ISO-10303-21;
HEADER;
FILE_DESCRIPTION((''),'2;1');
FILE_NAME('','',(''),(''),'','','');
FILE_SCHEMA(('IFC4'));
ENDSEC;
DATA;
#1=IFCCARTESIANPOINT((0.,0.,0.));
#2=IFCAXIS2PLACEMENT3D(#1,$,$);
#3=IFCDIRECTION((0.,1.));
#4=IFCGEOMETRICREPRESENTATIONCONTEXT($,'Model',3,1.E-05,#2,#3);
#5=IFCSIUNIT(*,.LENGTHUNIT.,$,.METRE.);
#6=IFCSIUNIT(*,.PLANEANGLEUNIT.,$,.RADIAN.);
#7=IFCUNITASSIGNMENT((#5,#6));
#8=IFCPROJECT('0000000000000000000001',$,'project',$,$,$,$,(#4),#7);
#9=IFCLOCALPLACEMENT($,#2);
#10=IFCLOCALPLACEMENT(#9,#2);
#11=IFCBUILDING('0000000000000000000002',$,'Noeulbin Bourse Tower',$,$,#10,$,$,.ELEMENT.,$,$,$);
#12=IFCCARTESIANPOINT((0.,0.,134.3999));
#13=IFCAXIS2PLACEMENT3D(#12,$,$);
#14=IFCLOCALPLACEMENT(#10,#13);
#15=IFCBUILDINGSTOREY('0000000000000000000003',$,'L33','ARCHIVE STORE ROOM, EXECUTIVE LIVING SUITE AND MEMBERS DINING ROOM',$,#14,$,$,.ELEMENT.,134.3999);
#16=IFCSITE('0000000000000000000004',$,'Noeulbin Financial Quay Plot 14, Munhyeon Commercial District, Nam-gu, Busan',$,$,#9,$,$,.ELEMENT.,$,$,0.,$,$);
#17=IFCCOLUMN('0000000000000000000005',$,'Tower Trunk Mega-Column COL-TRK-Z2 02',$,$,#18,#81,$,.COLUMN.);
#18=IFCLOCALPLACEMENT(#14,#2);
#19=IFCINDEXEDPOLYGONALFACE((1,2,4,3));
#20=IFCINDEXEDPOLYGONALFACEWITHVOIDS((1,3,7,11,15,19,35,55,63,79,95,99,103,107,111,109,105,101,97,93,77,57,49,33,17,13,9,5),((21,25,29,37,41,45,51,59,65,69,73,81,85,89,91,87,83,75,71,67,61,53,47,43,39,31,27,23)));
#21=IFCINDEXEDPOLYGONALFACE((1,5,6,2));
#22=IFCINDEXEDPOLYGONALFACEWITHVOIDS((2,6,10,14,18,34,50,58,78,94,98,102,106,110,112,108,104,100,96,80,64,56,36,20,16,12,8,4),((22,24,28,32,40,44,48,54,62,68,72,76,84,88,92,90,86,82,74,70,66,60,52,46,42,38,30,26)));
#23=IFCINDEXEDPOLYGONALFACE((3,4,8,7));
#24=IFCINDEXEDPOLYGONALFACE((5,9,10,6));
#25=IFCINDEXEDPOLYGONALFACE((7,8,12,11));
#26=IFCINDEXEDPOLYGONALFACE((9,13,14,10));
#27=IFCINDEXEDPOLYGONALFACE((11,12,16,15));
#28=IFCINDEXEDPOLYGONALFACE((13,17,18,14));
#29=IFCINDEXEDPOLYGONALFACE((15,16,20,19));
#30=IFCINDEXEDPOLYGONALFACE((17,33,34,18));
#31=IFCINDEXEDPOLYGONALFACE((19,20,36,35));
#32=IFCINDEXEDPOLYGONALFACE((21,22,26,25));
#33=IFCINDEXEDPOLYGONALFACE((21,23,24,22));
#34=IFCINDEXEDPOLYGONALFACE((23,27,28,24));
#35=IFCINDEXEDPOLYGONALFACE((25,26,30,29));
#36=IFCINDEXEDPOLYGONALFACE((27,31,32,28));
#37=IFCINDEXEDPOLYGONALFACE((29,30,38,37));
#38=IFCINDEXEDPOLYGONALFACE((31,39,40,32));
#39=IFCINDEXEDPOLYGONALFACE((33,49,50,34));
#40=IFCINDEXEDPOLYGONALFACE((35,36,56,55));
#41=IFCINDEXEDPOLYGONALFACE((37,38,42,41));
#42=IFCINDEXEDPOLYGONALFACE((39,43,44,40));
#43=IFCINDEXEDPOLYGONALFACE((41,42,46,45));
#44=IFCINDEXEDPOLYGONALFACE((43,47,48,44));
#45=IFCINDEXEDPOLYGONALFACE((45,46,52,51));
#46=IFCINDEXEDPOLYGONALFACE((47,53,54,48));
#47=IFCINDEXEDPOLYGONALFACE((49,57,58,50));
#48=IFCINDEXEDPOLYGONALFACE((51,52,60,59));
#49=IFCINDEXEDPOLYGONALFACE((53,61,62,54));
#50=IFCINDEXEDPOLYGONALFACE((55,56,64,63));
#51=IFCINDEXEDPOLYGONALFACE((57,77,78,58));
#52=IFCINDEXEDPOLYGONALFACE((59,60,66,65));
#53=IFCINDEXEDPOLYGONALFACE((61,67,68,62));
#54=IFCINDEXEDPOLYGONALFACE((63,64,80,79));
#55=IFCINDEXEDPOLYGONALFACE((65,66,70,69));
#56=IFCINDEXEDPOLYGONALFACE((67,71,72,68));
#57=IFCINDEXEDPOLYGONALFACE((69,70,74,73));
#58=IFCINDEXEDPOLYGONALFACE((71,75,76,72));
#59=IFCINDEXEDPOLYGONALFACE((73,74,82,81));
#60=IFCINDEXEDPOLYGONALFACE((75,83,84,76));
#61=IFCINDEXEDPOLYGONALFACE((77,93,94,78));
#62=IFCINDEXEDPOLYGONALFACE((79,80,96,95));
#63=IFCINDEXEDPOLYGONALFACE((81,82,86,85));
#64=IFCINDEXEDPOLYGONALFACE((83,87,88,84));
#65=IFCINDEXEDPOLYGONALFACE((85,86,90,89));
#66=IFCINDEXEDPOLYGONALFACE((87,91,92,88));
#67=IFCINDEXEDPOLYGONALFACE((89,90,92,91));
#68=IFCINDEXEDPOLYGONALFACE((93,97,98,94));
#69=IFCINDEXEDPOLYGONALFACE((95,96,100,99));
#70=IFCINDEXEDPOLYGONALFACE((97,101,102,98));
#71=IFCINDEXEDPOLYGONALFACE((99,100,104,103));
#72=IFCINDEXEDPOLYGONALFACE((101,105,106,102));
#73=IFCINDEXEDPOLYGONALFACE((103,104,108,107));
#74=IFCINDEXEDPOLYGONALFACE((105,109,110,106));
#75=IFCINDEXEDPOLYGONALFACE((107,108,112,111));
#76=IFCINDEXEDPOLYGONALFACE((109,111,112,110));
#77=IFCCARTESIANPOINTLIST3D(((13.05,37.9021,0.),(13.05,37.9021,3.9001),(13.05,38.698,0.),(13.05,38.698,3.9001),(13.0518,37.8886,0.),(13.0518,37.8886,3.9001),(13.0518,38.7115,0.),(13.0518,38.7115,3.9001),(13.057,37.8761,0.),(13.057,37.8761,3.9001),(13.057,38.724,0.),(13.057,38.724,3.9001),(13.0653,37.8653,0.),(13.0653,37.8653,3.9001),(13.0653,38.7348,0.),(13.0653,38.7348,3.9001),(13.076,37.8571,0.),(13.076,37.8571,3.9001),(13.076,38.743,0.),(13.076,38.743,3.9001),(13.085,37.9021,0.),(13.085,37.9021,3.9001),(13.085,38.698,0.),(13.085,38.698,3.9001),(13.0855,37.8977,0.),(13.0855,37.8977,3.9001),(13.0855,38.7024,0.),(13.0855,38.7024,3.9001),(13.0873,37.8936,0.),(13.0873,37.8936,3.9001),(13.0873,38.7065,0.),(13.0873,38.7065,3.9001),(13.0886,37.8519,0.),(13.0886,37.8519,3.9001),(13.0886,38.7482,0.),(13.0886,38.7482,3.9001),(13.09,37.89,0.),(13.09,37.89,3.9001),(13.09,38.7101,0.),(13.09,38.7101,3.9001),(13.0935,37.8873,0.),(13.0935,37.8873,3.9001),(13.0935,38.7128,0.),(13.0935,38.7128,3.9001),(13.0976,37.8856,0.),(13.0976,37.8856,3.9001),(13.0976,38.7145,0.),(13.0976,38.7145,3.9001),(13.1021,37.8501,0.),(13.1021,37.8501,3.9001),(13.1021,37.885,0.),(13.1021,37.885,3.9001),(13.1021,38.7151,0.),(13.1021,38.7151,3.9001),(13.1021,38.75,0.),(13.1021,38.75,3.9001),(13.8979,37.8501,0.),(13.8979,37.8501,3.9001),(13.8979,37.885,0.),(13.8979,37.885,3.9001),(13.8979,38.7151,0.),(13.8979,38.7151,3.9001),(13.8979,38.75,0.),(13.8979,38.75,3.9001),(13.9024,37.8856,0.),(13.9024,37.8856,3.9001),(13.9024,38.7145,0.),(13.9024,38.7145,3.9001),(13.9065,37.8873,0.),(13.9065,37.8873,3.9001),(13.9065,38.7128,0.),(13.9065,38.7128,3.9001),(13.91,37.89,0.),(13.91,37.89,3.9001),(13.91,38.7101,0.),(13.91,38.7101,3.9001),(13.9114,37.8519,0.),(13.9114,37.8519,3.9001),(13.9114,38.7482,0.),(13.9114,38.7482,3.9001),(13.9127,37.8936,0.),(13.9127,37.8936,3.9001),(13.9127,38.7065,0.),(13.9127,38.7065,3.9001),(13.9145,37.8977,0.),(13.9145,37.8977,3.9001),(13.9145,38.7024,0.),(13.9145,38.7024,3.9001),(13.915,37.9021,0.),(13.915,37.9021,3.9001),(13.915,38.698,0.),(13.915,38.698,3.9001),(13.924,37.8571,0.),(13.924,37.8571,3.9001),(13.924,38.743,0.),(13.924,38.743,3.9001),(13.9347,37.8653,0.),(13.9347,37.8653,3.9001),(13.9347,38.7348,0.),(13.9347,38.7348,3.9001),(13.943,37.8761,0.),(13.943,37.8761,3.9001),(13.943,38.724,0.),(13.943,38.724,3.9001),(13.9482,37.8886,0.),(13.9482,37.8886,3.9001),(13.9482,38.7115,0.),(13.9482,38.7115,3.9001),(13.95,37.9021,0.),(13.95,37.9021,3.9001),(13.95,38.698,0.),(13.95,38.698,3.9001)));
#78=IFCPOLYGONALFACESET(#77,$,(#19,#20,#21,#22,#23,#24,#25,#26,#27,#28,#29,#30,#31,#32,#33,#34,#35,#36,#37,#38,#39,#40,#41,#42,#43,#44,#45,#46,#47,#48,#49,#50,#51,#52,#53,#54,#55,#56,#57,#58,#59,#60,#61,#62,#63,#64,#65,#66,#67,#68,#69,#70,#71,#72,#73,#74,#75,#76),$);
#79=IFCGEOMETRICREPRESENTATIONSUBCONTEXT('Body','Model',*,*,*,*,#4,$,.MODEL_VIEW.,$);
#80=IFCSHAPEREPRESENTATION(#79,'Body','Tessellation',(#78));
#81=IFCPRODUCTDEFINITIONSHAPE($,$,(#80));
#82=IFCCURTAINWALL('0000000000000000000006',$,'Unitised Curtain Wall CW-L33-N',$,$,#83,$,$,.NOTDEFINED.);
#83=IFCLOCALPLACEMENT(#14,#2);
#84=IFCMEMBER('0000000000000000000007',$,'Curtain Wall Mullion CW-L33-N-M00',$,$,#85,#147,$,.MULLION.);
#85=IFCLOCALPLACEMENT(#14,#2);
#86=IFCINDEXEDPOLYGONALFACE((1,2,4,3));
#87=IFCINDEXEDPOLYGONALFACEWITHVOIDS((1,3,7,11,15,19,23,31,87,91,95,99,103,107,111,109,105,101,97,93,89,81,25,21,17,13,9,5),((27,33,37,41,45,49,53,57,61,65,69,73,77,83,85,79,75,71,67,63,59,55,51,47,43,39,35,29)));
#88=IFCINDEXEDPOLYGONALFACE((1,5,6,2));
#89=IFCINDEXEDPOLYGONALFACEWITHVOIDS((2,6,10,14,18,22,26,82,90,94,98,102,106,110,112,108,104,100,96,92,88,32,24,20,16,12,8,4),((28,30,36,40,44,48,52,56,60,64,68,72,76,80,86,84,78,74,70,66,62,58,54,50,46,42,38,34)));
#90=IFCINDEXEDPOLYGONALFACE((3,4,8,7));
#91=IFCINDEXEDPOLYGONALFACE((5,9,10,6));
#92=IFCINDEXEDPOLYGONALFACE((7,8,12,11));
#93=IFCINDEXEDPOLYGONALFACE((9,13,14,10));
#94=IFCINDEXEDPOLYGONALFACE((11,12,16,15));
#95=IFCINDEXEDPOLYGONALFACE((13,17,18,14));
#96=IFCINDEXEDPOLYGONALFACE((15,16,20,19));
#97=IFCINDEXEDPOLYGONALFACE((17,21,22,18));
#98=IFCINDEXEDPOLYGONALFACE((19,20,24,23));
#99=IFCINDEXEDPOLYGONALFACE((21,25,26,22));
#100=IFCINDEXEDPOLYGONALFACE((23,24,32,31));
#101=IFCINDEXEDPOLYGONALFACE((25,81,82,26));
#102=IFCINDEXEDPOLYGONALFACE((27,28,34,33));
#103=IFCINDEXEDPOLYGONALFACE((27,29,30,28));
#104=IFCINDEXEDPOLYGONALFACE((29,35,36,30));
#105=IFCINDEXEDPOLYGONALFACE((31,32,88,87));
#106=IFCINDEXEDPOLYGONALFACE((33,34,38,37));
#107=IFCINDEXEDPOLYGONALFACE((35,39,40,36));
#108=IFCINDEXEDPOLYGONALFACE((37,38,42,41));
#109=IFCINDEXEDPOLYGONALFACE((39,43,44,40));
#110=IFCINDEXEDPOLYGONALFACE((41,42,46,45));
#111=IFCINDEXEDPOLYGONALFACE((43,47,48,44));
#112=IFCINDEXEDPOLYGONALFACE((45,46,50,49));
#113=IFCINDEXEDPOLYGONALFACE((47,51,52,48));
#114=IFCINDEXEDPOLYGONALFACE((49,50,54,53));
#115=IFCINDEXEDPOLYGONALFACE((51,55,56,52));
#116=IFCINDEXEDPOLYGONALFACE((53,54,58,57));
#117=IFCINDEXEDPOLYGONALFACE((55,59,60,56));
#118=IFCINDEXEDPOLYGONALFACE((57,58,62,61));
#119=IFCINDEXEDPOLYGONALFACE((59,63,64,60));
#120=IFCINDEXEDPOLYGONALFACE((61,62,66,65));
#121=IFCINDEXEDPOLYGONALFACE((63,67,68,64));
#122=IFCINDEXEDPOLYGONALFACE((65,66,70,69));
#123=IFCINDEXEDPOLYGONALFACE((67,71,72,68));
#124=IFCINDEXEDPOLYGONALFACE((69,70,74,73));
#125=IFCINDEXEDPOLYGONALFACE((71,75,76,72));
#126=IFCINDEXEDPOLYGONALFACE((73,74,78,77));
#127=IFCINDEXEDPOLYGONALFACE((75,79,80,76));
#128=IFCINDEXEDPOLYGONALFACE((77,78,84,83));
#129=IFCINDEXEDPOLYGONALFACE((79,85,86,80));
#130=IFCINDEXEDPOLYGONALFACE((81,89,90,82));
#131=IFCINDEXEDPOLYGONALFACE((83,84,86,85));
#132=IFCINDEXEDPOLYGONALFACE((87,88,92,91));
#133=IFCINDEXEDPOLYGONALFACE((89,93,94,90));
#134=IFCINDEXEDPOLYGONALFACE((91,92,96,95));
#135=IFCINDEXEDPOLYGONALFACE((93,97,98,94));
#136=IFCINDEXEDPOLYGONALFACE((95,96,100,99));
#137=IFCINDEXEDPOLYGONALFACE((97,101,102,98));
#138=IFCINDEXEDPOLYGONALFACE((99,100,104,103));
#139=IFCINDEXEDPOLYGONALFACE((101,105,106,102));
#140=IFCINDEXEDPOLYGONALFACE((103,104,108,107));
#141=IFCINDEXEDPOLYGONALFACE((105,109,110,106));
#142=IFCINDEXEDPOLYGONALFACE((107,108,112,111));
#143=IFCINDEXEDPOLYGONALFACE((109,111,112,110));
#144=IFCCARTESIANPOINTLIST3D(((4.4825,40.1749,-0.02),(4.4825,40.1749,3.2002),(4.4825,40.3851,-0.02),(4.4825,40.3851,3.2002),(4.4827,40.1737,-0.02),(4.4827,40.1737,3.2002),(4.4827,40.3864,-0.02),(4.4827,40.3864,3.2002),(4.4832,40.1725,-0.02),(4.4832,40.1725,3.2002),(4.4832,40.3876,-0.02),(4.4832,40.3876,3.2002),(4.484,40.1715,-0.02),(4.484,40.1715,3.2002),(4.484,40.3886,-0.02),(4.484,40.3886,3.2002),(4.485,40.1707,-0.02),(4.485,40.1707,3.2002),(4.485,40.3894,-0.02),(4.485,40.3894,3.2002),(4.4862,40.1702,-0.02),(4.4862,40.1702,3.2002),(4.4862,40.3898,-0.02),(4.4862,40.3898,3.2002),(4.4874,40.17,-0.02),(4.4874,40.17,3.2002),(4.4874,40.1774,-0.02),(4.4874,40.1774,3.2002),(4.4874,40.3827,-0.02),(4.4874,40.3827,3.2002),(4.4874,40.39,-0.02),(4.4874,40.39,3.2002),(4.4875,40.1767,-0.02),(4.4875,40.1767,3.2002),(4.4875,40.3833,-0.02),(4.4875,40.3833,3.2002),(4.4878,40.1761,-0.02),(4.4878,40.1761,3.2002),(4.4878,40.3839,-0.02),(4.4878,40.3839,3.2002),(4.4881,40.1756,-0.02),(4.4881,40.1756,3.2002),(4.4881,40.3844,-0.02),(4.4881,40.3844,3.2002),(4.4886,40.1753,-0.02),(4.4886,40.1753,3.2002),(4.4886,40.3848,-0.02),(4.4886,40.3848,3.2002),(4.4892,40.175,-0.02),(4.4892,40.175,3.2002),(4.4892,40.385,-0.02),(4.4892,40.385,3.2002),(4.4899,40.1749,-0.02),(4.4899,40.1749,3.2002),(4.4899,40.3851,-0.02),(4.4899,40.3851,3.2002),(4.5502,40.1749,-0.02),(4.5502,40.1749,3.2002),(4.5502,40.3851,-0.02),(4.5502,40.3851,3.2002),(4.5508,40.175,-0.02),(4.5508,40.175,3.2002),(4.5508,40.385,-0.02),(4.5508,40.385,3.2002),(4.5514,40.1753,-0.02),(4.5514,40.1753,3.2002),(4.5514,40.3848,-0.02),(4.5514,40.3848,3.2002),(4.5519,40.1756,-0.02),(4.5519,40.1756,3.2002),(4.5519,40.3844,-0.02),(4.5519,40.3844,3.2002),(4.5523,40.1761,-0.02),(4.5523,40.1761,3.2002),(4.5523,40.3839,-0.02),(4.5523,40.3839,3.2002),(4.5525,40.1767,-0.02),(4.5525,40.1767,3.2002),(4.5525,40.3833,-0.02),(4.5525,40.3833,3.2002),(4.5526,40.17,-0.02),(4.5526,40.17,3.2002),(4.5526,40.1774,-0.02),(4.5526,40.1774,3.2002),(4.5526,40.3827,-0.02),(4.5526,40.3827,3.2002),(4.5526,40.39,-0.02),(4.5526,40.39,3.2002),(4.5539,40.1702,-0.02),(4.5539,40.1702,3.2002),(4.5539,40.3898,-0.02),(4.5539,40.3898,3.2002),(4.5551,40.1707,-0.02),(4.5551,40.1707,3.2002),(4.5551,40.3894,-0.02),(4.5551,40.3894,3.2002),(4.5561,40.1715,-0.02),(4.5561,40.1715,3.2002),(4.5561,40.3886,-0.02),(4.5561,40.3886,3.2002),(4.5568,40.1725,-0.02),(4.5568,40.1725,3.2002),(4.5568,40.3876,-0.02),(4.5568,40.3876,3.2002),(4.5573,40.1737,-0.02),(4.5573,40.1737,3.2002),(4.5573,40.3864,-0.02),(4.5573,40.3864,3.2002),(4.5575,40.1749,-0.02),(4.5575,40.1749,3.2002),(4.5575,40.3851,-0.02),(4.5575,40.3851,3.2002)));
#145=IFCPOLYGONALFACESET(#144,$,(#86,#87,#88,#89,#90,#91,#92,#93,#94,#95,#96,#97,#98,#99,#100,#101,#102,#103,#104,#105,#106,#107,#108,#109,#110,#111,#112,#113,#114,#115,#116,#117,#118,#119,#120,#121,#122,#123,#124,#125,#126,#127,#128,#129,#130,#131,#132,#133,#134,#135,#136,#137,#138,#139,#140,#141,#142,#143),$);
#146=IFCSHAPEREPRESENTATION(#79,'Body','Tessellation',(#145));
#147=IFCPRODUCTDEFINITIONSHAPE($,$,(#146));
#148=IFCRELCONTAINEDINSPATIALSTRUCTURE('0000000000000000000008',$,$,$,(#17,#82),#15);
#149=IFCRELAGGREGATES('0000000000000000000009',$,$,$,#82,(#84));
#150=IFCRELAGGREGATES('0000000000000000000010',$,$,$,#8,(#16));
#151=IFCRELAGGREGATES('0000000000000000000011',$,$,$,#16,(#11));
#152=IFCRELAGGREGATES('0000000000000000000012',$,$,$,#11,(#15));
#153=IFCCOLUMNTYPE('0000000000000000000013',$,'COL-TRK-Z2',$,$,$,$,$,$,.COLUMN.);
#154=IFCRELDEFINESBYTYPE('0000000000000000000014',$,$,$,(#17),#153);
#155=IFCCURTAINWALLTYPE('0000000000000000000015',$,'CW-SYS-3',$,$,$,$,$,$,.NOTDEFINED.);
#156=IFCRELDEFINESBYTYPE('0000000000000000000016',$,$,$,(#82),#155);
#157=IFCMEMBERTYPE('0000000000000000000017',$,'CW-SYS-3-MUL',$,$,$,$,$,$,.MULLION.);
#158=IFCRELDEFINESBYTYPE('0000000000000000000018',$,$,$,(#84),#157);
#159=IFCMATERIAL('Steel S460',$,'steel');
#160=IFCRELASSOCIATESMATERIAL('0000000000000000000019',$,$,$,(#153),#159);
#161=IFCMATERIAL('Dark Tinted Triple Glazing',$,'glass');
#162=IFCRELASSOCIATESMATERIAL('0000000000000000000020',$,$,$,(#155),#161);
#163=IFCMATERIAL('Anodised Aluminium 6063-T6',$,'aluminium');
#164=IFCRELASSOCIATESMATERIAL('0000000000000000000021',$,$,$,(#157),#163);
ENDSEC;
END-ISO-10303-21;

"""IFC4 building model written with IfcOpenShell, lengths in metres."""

from ifc_helpers import new_model, si_unit, direction, frame, origin, origin_2d, place, context, subcontext, project, spatial, hollow_rectangle, extrude, material, material_profile, profile_set, type_object, element, aggregate, save


model = new_model("IFC4")

# Units and contexts
model_context = context("Model", 3, precision=1e-05, world=origin(), true_north=direction((0.0, 1.0)))
body_context = subcontext(model_context, "Body", "Model", "MODEL_VIEW")
ifc_project = project(units=[si_unit("LENGTHUNIT", "METRE"), si_unit("PLANEANGLEUNIT", "RADIAN")], contexts=[model_context])

# Site, building, storey
site_placement = place(None, origin())
site = spatial("IfcSite", under=ifc_project, at=site_placement, Name="Noeulbin Financial Quay Plot 14, Munhyeon Commercial District, Nam-gu, Busan", CompositionType="ELEMENT", RefElevation=0.0)
building_placement = place(site_placement, origin())
building = spatial("IfcBuilding", under=site, at=building_placement, Name="Noeulbin Bourse Tower", CompositionType="ELEMENT")
storey_placement = place(building_placement, frame((0.0, 0.0, 134.3999)))
storey = spatial("IfcBuildingStorey", under=building, at=storey_placement, Name="L33", Description="ARCHIVE STORE ROOM, EXECUTIVE LIVING SUITE AND MEMBERS DINING ROOM", CompositionType="ELEMENT", Elevation=134.3999)

# Column
ifc_material_1 = material(Name="Steel S460", Category="steel")
ifc_material_profile_1 = material_profile(ifc_material_1, hollow_rectangle(XDim=0.8999, YDim=0.8999, WallThickness=0.0349, InnerFilletRadius=0.0171, OuterFilletRadius=0.052, at=origin_2d()), Name="BOX-900x900x35", Category="LoadBearing")
ifc_profile_set_1 = profile_set([ifc_material_profile_1], Name="Steel S460")
column_type = type_object("IfcColumnType", Name="COL-TRK-Z2", PredefinedType="COLUMN", material=ifc_profile_set_1)
column_placement = place(storey_placement, frame((13.5, 38.3, 0.0), z_axis=(0.0, 0.0, 1.0), x_axis=(1.0, 0.0, 0.0)))
element("IfcColumn", 1, at=column_placement, inside=storey, type_object=column_type, Name="Tower Trunk Mega-Column COL-TRK-Z2 02", PredefinedType="COLUMN", context=body_context, shape_type="SweptSolid", body=[
    extrude(hollow_rectangle(XDim=0.8999, YDim=0.8999, WallThickness=0.0349, InnerFilletRadius=0.0171, OuterFilletRadius=0.052, at=origin_2d()), origin(), (0.0, 0.0, 1.0), 3.9001),
])

# Curtain wall, member
ifc_material_2 = material(Name="Dark Tinted Triple Glazing", Category="glass")
curtain_wall_type = type_object("IfcCurtainWallType", Name="CW-SYS-3", PredefinedType="NOTDEFINED", material=ifc_material_2)
curtain_wall_1_placement = place(storey_placement, origin())
curtain_wall_1 = element("IfcCurtainWall", 2, at=curtain_wall_1_placement, inside=storey, type_object=curtain_wall_type, Name="Unitised Curtain Wall CW-L33-N", PredefinedType="NOTDEFINED")
ifc_material_3 = material(Name="Anodised Aluminium 6063-T6", Category="aluminium")
ifc_material_profile_2 = material_profile(ifc_material_3, hollow_rectangle(XDim=0.075, YDim=0.22, WallThickness=0.0049, InnerFilletRadius=0.0024, OuterFilletRadius=0.0049, at=origin_2d()), Name="ALU-MULL-75x220x5", Category="LoadBearing")
ifc_profile_set_2 = profile_set([ifc_material_profile_2], Name="Anodised Aluminium 6063-T6")
member_type_1 = type_object("IfcMemberType", Name="CW-SYS-3-MUL", PredefinedType="MULLION", material=ifc_profile_set_2)
member_1_placement = place(storey_placement, frame((4.52, 40.28, -0.02), z_axis=(0.0, 0.0, 1.0), x_axis=(1.0, 0.0, 0.0)))
member_1 = element("IfcMember", 3, at=member_1_placement, type_object=member_type_1, Name="Curtain Wall Mullion CW-L33-N-M00", PredefinedType="MULLION", context=body_context, shape_type="SweptSolid", body=[
    extrude(hollow_rectangle(XDim=0.075, YDim=0.22, WallThickness=0.0049, InnerFilletRadius=0.0024, OuterFilletRadius=0.0049, at=origin_2d()), origin(), (0.0, 0.0, 1.0), 3.2202),
])

aggregate(curtain_wall_1, [member_1])

save(model, "model.ifc")
